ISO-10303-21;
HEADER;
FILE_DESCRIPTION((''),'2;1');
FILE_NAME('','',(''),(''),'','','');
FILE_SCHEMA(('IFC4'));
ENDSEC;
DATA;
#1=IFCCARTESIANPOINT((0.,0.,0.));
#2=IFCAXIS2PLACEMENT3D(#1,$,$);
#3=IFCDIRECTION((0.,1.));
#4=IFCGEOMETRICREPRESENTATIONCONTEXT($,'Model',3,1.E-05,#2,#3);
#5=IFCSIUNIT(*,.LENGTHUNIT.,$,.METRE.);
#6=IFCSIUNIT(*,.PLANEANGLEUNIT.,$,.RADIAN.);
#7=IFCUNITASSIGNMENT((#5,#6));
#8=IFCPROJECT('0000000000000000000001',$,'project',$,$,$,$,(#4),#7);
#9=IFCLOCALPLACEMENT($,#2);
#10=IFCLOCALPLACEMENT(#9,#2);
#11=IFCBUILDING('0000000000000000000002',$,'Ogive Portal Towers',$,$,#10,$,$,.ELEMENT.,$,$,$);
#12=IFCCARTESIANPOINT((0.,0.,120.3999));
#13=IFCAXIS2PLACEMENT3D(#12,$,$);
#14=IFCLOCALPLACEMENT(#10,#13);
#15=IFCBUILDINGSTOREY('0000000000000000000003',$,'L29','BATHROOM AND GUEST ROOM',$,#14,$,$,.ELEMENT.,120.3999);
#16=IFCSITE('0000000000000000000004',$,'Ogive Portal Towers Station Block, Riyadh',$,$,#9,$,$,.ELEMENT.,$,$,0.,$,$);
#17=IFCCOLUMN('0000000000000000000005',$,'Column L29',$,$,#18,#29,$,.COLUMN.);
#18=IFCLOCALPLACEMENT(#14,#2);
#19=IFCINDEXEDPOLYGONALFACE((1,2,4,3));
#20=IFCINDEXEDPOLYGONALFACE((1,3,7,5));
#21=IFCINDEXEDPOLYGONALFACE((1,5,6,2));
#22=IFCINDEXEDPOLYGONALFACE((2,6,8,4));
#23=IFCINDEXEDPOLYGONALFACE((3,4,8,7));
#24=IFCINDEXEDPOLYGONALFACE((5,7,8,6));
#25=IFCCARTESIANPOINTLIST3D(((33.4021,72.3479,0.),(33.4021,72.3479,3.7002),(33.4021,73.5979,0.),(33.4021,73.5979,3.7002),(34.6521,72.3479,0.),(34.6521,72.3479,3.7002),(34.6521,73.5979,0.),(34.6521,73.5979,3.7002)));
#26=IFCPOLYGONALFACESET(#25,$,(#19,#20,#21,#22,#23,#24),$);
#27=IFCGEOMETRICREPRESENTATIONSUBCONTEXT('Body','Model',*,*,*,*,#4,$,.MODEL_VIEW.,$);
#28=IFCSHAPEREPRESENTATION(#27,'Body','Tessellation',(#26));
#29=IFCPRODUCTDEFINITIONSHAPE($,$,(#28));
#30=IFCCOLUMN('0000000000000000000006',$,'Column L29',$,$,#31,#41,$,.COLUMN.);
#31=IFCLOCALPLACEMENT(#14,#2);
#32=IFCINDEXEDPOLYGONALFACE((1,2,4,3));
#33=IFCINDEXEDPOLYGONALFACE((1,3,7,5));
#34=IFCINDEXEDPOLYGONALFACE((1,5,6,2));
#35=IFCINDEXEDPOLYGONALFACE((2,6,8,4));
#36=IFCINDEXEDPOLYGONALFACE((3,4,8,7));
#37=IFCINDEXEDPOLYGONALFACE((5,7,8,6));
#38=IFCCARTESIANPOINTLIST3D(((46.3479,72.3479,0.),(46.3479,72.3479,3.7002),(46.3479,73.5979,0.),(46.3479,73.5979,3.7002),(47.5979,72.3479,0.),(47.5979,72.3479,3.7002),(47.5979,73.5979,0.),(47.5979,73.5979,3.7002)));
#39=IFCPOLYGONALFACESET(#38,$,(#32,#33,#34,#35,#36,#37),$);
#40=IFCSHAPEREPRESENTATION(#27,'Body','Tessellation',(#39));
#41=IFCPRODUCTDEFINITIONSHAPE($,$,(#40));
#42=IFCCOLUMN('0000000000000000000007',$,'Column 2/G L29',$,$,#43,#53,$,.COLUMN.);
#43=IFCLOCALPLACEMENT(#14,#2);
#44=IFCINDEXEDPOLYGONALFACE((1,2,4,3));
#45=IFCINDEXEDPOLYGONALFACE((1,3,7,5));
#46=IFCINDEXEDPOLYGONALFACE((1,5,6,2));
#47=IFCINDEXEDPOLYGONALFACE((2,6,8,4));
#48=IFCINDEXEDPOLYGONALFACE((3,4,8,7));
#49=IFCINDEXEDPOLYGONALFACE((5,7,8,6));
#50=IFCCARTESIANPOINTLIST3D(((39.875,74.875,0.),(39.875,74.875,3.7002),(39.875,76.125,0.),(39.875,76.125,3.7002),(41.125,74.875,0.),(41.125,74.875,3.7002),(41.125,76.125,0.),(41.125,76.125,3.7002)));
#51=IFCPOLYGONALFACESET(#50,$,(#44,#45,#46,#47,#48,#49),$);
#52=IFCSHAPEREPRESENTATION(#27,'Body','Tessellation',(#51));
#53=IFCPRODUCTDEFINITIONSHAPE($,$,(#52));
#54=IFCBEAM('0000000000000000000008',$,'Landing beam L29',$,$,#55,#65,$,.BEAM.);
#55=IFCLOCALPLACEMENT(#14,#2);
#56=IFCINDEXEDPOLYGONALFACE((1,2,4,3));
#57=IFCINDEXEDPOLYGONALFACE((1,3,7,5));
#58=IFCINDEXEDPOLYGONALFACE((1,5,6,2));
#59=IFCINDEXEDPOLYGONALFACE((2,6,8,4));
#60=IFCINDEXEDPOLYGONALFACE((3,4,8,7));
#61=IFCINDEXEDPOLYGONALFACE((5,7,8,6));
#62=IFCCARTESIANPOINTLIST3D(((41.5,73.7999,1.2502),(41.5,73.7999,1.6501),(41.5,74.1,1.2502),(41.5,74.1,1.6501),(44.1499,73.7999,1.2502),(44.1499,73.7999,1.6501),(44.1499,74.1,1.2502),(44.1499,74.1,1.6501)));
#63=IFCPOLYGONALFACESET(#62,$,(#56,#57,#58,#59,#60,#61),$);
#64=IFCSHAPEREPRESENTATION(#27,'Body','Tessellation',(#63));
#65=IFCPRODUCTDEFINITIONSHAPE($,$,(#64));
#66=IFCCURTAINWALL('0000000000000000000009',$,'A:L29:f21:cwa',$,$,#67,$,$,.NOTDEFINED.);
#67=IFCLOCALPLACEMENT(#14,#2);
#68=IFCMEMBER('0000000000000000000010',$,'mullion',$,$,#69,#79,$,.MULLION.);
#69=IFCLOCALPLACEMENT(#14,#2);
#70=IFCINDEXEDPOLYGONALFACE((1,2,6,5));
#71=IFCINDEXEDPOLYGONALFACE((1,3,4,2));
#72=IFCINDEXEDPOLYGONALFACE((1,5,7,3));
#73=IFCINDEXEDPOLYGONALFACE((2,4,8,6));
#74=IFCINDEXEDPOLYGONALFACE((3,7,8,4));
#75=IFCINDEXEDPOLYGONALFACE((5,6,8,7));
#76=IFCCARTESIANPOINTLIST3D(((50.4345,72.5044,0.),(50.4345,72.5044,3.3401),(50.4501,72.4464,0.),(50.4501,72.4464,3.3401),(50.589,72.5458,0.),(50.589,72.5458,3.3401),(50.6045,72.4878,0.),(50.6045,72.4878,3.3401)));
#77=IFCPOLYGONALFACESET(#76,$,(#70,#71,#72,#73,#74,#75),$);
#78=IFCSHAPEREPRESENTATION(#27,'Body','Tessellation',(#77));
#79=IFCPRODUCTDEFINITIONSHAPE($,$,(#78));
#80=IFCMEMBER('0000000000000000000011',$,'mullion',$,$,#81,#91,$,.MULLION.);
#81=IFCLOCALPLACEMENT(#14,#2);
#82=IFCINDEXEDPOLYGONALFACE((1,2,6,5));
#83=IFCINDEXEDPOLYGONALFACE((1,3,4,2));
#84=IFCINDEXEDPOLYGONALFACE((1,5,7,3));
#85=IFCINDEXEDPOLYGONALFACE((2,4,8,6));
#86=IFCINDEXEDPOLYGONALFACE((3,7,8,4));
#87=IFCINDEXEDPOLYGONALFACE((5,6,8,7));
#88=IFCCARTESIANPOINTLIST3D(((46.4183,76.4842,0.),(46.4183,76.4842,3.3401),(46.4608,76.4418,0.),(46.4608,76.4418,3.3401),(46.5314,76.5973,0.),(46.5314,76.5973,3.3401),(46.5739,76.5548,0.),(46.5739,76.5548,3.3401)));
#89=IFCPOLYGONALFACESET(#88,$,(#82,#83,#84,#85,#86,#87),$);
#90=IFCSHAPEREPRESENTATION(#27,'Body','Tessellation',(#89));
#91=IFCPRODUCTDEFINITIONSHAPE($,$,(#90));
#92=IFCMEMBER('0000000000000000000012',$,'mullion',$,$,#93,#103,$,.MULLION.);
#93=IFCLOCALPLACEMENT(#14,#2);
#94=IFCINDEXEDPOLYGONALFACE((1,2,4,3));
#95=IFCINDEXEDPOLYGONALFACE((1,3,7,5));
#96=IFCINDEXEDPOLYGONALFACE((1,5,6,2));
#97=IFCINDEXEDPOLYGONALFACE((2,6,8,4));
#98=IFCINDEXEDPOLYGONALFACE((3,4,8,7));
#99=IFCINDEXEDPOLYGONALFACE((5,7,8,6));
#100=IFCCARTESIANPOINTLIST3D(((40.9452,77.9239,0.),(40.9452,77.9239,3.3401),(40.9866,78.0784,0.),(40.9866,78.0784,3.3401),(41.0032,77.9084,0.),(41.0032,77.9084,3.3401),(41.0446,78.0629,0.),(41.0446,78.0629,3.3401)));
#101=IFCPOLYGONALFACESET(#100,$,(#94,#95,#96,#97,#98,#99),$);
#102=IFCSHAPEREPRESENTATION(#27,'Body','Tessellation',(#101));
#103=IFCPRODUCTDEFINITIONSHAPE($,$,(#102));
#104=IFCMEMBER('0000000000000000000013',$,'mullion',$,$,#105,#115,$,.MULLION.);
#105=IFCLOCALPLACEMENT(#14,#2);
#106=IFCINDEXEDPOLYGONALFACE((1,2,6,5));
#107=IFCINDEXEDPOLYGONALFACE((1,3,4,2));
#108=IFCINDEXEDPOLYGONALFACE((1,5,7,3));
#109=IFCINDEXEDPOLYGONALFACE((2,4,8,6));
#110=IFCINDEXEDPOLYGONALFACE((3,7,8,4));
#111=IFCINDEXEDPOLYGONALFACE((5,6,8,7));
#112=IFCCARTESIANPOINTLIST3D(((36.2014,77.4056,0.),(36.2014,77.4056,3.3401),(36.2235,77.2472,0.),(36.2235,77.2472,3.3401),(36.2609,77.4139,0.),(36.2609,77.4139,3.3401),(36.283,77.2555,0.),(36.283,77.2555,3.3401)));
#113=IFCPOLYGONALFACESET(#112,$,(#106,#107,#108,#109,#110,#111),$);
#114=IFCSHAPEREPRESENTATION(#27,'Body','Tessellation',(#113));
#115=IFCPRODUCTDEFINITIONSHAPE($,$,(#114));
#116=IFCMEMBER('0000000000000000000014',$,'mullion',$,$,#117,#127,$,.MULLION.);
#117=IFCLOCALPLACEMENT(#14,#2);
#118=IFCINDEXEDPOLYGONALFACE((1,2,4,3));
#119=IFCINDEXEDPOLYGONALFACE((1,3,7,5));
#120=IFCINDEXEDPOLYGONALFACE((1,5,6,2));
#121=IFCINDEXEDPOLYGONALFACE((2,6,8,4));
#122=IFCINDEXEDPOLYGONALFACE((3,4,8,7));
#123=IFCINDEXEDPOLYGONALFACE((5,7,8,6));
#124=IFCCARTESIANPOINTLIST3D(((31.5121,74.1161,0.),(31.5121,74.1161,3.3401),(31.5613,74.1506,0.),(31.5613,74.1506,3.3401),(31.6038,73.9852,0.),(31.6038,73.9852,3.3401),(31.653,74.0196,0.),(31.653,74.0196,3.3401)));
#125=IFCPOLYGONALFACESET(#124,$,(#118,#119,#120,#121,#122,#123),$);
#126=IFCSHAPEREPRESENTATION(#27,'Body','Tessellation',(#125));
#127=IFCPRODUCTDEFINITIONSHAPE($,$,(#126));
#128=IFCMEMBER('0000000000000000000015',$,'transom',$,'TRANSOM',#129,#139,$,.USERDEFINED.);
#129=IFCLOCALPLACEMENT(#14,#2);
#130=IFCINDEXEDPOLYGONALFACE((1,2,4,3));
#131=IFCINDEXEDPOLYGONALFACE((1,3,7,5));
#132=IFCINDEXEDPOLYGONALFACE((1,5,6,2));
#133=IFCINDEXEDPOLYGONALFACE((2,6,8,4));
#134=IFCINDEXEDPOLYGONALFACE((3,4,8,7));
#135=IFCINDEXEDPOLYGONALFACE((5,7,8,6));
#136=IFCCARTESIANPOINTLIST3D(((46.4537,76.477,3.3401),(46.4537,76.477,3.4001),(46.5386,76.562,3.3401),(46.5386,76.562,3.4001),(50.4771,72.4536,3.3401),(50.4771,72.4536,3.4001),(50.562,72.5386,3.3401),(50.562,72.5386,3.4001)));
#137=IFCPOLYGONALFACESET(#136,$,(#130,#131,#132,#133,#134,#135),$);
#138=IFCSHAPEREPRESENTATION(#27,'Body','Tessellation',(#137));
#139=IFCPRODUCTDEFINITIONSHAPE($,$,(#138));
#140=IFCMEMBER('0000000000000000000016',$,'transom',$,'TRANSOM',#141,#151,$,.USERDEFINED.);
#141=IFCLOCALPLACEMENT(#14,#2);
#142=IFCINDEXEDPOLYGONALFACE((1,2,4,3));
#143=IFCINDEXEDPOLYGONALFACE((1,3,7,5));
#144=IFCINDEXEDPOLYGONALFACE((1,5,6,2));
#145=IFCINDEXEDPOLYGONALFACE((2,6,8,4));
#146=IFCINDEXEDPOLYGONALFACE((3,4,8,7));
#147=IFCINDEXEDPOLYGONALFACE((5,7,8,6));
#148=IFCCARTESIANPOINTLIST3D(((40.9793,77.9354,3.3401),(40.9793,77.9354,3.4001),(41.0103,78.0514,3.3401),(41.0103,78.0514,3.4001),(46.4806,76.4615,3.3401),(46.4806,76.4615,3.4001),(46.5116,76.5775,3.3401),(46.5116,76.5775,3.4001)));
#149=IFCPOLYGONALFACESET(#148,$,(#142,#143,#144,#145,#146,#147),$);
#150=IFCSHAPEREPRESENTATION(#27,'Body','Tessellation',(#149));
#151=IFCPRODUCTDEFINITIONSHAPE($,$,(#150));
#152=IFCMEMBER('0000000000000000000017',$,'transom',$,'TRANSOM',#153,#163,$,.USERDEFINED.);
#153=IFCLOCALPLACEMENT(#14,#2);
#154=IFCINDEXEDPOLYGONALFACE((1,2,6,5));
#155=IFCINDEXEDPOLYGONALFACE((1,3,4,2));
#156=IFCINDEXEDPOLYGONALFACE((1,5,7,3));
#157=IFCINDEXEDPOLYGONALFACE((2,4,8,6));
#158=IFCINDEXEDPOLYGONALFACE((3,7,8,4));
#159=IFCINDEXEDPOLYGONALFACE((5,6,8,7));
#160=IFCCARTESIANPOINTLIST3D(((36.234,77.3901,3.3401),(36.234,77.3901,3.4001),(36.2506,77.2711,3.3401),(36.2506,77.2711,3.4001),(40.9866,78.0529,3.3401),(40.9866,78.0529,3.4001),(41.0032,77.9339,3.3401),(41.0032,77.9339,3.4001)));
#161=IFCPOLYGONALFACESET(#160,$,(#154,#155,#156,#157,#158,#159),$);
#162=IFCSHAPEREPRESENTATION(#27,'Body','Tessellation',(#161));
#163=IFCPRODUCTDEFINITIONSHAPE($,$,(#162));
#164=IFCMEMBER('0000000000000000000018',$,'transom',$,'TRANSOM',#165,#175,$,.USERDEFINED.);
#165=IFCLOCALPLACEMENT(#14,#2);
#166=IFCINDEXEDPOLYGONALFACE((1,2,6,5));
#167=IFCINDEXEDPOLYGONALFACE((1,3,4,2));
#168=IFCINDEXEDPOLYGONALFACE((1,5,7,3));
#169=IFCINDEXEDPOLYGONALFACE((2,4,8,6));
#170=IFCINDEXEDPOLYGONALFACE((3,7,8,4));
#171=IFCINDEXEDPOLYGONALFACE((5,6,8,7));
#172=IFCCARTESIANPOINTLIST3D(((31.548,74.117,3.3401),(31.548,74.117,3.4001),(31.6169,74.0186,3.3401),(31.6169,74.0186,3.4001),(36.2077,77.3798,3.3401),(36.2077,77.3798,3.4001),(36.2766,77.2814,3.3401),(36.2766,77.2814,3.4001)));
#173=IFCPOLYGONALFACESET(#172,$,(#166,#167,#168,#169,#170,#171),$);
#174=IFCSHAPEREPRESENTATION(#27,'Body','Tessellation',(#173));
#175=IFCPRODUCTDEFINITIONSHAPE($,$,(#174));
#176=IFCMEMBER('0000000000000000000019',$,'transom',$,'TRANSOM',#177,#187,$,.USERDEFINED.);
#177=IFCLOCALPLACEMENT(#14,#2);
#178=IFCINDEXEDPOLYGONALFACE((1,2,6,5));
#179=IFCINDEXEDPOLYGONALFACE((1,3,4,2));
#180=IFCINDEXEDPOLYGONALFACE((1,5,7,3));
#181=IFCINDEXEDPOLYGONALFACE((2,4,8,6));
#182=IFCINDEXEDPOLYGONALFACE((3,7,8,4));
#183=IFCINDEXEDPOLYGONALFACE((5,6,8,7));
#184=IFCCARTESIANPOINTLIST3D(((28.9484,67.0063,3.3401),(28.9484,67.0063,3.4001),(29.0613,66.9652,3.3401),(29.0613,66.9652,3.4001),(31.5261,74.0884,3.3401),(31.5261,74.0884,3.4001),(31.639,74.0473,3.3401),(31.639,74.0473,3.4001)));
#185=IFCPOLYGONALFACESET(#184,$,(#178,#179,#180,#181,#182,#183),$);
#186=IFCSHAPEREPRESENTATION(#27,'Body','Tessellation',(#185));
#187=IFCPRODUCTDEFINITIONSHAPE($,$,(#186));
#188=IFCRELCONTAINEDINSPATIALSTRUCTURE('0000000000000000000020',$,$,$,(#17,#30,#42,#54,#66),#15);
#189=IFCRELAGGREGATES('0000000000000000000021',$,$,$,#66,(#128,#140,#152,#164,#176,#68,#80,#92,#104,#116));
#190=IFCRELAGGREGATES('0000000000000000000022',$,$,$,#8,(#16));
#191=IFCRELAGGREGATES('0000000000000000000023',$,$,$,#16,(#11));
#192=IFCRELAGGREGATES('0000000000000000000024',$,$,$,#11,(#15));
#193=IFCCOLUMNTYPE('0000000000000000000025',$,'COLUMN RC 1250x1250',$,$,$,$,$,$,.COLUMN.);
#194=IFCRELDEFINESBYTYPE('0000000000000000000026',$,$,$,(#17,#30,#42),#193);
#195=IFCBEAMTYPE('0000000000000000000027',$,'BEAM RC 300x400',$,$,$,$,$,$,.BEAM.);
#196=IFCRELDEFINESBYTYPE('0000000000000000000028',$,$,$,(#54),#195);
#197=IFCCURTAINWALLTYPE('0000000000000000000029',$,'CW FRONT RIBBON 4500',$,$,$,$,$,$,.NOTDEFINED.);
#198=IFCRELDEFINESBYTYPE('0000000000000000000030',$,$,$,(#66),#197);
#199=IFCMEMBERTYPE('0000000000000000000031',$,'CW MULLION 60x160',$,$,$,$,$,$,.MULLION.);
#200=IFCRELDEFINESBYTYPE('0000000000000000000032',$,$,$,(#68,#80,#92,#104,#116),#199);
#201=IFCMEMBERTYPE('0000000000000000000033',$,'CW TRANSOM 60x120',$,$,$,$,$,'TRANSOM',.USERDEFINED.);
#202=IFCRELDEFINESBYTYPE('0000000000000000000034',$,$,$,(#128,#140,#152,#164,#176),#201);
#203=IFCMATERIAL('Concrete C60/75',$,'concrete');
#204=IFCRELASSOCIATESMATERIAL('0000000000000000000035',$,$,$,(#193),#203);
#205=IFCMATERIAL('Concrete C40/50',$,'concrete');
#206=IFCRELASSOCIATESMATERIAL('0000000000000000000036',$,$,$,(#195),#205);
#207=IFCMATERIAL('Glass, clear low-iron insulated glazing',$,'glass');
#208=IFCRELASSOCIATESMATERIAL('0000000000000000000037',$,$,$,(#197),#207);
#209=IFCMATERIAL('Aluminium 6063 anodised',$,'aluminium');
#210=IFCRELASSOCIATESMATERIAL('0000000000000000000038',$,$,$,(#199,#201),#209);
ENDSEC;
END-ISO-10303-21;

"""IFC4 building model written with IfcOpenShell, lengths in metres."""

from ifc_helpers import new_model, si_unit, direction, frame, origin, origin_2d, place, context, subcontext, project, spatial, rectangle, extrude, material, material_profile, profile_set, type_object, element, aggregate, save


model = new_model("IFC4")

# Units and contexts
model_context = context("Model", 3, precision=1e-05, world=origin(), true_north=direction((0.0, 1.0)))
body_context = subcontext(model_context, "Body", "Model", "MODEL_VIEW")
ifc_project = project(units=[si_unit("LENGTHUNIT", "METRE"), si_unit("PLANEANGLEUNIT", "RADIAN")], contexts=[model_context])

# Site, building, storey
site_placement = place(None, origin())
site = spatial("IfcSite", under=ifc_project, at=site_placement, Name="Ogive Portal Towers Station Block, Riyadh", CompositionType="ELEMENT", RefElevation=0.0)
building_placement = place(site_placement, origin())
building = spatial("IfcBuilding", under=site, at=building_placement, Name="Ogive Portal Towers", CompositionType="ELEMENT")
storey_placement = place(building_placement, frame((0.0, 0.0, 120.3999)))
storey = spatial("IfcBuildingStorey", under=building, at=storey_placement, Name="L29", Description="BATHROOM AND GUEST ROOM", CompositionType="ELEMENT", Elevation=120.3999)

# Columns
ifc_material_1 = material(Name="Concrete C60/75", Category="concrete")
ifc_material_profile_1 = material_profile(ifc_material_1, rectangle(XDim=1.25, YDim=1.25, at=origin_2d()), Name="RC 1250x1250")
ifc_profile_set_1 = profile_set([ifc_material_profile_1], Name="Concrete C60/75")
column_type = type_object("IfcColumnType", Name="COLUMN RC 1250x1250", PredefinedType="COLUMN", material=ifc_profile_set_1)
for number, where, z_axis, x_axis, name in (
    (1, (34.0271, 72.9729, 0.0), (0.0, 0.0, 1.0), (1.0, 0.0, 0.0), "Column L29"),
    (2, (46.9729, 72.9729, 0.0), (0.0, 0.0, 1.0), (1.0, 0.0, 0.0), "Column L29"),
    (3, (40.5, 75.5, 0.0), (0.0, 0.0, 1.0), (1.0, 0.0, 0.0), "Column 2/G L29"),
):
    element("IfcColumn", number, at=place(storey_placement, frame(where, z_axis=z_axis, x_axis=x_axis)), inside=storey, type_object=column_type, Name=name, PredefinedType="COLUMN", context=body_context, shape_type="SweptSolid", body=[
        extrude(rectangle(XDim=1.25, YDim=1.25, at=origin_2d()), origin(), (0.0, 0.0, 1.0), 3.7002),
    ])

# Beam
ifc_material_2 = material(Name="Concrete C40/50", Category="concrete")
ifc_material_profile_2 = material_profile(ifc_material_2, rectangle(XDim=0.3, YDim=0.3999, at=origin_2d()), Name="RC 300x400")
ifc_profile_set_2 = profile_set([ifc_material_profile_2], Name="Concrete C40/50")
beam_type = type_object("IfcBeamType", Name="BEAM RC 300x400", PredefinedType="BEAM", material=ifc_profile_set_2)
beam_placement = place(storey_placement, frame((41.5, 73.95, 1.4502), z_axis=(1.0, 0.0, 0.0), x_axis=(0.0, 1.0, 0.0)))
element("IfcBeam", 4, at=beam_placement, inside=storey, type_object=beam_type, Name="Landing beam L29", PredefinedType="BEAM", context=body_context, shape_type="SweptSolid", body=[
    extrude(rectangle(XDim=0.3, YDim=0.3999, at=origin_2d()), origin(), (0.0, 0.0, 1.0), 2.6499),
])

# Curtain wall, members
ifc_material_3 = material(Name="Glass, clear low-iron insulated glazing", Category="glass")
curtain_wall_type = type_object("IfcCurtainWallType", Name="CW FRONT RIBBON 4500", PredefinedType="NOTDEFINED", material=ifc_material_3)
curtain_wall_placement = place(storey_placement, origin())
curtain_wall = element("IfcCurtainWall", 5, at=curtain_wall_placement, inside=storey, type_object=curtain_wall_type, Name="A:L29:f21:cwa", PredefinedType="NOTDEFINED")
ifc_material_4 = material(Name="Aluminium 6063 anodised", Category="aluminium")
ifc_material_profile_3 = material_profile(ifc_material_4, rectangle(XDim=0.1599, YDim=0.0601, at=origin_2d()), Name="AL 60x160")
ifc_profile_set_3 = profile_set([ifc_material_profile_3], Name="Aluminium 6063 anodised")
member_type_1 = type_object("IfcMemberType", Name="CW MULLION 60x160", PredefinedType="MULLION", material=ifc_profile_set_3)
member_1_placement = place(storey_placement, frame((50.5195, 72.4961, 0.0), z_axis=(0.0, 0.0, 1.0), x_axis=(-0.965926, -0.258819, 0.0)))
member_1 = element("IfcMember", 6, at=member_1_placement, type_object=member_type_1, Name="mullion", PredefinedType="MULLION", context=body_context, shape_type="SweptSolid", body=[
    extrude(rectangle(XDim=0.1599, YDim=0.0601, at=origin_2d()), origin(), (0.0, 0.0, 1.0), 3.3401),
])
member_2_placement = place(storey_placement, frame((46.4961, 76.5195, 0.0), z_axis=(0.0, 0.0, 1.0), x_axis=(-0.707107, -0.707107, 0.0)))
member_2 = element("IfcMember", 7, at=member_2_placement, type_object=member_type_1, Name="mullion", PredefinedType="MULLION", context=body_context, shape_type="SweptSolid", body=[
    extrude(rectangle(XDim=0.1599, YDim=0.0601, at=origin_2d()), origin(), (0.0, 0.0, 1.0), 3.3401),
])
member_3_placement = place(storey_placement, frame((40.9949, 77.9934, 0.0), z_axis=(0.0, 0.0, 1.0), x_axis=(-0.258819, -0.965926, 0.0)))
member_3 = element("IfcMember", 8, at=member_3_placement, type_object=member_type_1, Name="mullion", PredefinedType="MULLION", context=body_context, shape_type="SweptSolid", body=[
    extrude(rectangle(XDim=0.1599, YDim=0.0601, at=origin_2d()), origin(), (0.0, 0.0, 1.0), 3.3401),
])
member_4_placement = place(storey_placement, frame((36.2422, 77.3306, 0.0), z_axis=(0.0, 0.0, 1.0), x_axis=(0.138161, -0.99041, 0.0)))
member_4 = element("IfcMember", 9, at=member_4_placement, type_object=member_type_1, Name="mullion", PredefinedType="MULLION", context=body_context, shape_type="SweptSolid", body=[
    extrude(rectangle(XDim=0.1599, YDim=0.0601, at=origin_2d()), origin(), (0.0, 0.0, 1.0), 3.3401),
])
member_5_placement = place(storey_placement, frame((31.5825, 74.0679, 0.0), z_axis=(0.0, 0.0, 1.0), x_axis=(0.573576, -0.819152, 0.0)))
member_5 = element("IfcMember", 10, at=member_5_placement, type_object=member_type_1, Name="mullion", PredefinedType="MULLION", context=body_context, shape_type="SweptSolid", body=[
    extrude(rectangle(XDim=0.1599, YDim=0.0601, at=origin_2d()), origin(), (0.0, 0.0, 1.0), 3.3401),
])
ifc_material_profile_4 = material_profile(ifc_material_4, rectangle(XDim=0.1201, YDim=0.0601, at=origin_2d()), Name="AL 120x60")
ifc_profile_set_4 = profile_set([ifc_material_profile_4], Name="Aluminium 6063 anodised")
member_type_2 = type_object("IfcMemberType", Name="CW TRANSOM 60x120", ElementType="TRANSOM", PredefinedType="USERDEFINED", material=ifc_profile_set_4)
member_6_placement = place(storey_placement, frame((50.5195, 72.4961, 3.3701), z_axis=(-0.707107, 0.707107, 0.0), x_axis=(-0.707107, -0.707107, 0.0)))
member_6 = element("IfcMember", 11, at=member_6_placement, type_object=member_type_2, Name="transom", ObjectType="TRANSOM", PredefinedType="USERDEFINED", context=body_context, shape_type="SweptSolid", body=[
    extrude(rectangle(XDim=0.1201, YDim=0.0601, at=origin_2d()), origin(), (0.0, 0.0, 1.0), 5.6899),
])
member_7_placement = place(storey_placement, frame((46.4961, 76.5195, 3.3701), z_axis=(-0.965933, 0.258791, 0.0), x_axis=(-0.258791, -0.965933, 0.0)))
member_7 = element("IfcMember", 12, at=member_7_placement, type_object=member_type_2, Name="transom", ObjectType="TRANSOM", PredefinedType="USERDEFINED", context=body_context, shape_type="SweptSolid", body=[
    extrude(rectangle(XDim=0.1201, YDim=0.0601, at=origin_2d()), origin(), (0.0, 0.0, 1.0), 5.6953),
])
member_8_placement = place(storey_placement, frame((40.9949, 77.9934, 3.3701), z_axis=(-0.990414, -0.13813, 0.0), x_axis=(0.13813, -0.990414, 0.0)))
member_8 = element("IfcMember", 13, at=member_8_placement, type_object=member_type_2, Name="transom", ObjectType="TRANSOM", PredefinedType="USERDEFINED", context=body_context, shape_type="SweptSolid", body=[
    extrude(rectangle(XDim=0.1201, YDim=0.0601, at=origin_2d()), origin(), (0.0, 0.0, 1.0), 4.7986),
])
member_9_placement = place(storey_placement, frame((36.2422, 77.3306, 3.3701), z_axis=(-0.819155, -0.573572, 0.0), x_axis=(0.573572, -0.819155, 0.0)))
member_9 = element("IfcMember", 14, at=member_9_placement, type_object=member_type_2, Name="transom", ObjectType="TRANSOM", PredefinedType="USERDEFINED", context=body_context, shape_type="SweptSolid", body=[
    extrude(rectangle(XDim=0.1201, YDim=0.0601, at=origin_2d()), origin(), (0.0, 0.0, 1.0), 5.6885),
])
member_10_placement = place(storey_placement, frame((31.5825, 74.0679, 3.3701), z_axis=(-0.342019, -0.939693, 0.0), x_axis=(0.939693, -0.342019, 0.0)))
member_10 = element("IfcMember", 15, at=member_10_placement, type_object=member_type_2, Name="transom", ObjectType="TRANSOM", PredefinedType="USERDEFINED", context=body_context, shape_type="SweptSolid", body=[
    extrude(rectangle(XDim=0.1201, YDim=0.0601, at=origin_2d()), origin(), (0.0, 0.0, 1.0), 7.5366),
])
aggregate(curtain_wall, [member_6, member_7, member_8, member_9, member_10, member_1, member_2, member_3, member_4, member_5])

save(model, "model.ifc")
